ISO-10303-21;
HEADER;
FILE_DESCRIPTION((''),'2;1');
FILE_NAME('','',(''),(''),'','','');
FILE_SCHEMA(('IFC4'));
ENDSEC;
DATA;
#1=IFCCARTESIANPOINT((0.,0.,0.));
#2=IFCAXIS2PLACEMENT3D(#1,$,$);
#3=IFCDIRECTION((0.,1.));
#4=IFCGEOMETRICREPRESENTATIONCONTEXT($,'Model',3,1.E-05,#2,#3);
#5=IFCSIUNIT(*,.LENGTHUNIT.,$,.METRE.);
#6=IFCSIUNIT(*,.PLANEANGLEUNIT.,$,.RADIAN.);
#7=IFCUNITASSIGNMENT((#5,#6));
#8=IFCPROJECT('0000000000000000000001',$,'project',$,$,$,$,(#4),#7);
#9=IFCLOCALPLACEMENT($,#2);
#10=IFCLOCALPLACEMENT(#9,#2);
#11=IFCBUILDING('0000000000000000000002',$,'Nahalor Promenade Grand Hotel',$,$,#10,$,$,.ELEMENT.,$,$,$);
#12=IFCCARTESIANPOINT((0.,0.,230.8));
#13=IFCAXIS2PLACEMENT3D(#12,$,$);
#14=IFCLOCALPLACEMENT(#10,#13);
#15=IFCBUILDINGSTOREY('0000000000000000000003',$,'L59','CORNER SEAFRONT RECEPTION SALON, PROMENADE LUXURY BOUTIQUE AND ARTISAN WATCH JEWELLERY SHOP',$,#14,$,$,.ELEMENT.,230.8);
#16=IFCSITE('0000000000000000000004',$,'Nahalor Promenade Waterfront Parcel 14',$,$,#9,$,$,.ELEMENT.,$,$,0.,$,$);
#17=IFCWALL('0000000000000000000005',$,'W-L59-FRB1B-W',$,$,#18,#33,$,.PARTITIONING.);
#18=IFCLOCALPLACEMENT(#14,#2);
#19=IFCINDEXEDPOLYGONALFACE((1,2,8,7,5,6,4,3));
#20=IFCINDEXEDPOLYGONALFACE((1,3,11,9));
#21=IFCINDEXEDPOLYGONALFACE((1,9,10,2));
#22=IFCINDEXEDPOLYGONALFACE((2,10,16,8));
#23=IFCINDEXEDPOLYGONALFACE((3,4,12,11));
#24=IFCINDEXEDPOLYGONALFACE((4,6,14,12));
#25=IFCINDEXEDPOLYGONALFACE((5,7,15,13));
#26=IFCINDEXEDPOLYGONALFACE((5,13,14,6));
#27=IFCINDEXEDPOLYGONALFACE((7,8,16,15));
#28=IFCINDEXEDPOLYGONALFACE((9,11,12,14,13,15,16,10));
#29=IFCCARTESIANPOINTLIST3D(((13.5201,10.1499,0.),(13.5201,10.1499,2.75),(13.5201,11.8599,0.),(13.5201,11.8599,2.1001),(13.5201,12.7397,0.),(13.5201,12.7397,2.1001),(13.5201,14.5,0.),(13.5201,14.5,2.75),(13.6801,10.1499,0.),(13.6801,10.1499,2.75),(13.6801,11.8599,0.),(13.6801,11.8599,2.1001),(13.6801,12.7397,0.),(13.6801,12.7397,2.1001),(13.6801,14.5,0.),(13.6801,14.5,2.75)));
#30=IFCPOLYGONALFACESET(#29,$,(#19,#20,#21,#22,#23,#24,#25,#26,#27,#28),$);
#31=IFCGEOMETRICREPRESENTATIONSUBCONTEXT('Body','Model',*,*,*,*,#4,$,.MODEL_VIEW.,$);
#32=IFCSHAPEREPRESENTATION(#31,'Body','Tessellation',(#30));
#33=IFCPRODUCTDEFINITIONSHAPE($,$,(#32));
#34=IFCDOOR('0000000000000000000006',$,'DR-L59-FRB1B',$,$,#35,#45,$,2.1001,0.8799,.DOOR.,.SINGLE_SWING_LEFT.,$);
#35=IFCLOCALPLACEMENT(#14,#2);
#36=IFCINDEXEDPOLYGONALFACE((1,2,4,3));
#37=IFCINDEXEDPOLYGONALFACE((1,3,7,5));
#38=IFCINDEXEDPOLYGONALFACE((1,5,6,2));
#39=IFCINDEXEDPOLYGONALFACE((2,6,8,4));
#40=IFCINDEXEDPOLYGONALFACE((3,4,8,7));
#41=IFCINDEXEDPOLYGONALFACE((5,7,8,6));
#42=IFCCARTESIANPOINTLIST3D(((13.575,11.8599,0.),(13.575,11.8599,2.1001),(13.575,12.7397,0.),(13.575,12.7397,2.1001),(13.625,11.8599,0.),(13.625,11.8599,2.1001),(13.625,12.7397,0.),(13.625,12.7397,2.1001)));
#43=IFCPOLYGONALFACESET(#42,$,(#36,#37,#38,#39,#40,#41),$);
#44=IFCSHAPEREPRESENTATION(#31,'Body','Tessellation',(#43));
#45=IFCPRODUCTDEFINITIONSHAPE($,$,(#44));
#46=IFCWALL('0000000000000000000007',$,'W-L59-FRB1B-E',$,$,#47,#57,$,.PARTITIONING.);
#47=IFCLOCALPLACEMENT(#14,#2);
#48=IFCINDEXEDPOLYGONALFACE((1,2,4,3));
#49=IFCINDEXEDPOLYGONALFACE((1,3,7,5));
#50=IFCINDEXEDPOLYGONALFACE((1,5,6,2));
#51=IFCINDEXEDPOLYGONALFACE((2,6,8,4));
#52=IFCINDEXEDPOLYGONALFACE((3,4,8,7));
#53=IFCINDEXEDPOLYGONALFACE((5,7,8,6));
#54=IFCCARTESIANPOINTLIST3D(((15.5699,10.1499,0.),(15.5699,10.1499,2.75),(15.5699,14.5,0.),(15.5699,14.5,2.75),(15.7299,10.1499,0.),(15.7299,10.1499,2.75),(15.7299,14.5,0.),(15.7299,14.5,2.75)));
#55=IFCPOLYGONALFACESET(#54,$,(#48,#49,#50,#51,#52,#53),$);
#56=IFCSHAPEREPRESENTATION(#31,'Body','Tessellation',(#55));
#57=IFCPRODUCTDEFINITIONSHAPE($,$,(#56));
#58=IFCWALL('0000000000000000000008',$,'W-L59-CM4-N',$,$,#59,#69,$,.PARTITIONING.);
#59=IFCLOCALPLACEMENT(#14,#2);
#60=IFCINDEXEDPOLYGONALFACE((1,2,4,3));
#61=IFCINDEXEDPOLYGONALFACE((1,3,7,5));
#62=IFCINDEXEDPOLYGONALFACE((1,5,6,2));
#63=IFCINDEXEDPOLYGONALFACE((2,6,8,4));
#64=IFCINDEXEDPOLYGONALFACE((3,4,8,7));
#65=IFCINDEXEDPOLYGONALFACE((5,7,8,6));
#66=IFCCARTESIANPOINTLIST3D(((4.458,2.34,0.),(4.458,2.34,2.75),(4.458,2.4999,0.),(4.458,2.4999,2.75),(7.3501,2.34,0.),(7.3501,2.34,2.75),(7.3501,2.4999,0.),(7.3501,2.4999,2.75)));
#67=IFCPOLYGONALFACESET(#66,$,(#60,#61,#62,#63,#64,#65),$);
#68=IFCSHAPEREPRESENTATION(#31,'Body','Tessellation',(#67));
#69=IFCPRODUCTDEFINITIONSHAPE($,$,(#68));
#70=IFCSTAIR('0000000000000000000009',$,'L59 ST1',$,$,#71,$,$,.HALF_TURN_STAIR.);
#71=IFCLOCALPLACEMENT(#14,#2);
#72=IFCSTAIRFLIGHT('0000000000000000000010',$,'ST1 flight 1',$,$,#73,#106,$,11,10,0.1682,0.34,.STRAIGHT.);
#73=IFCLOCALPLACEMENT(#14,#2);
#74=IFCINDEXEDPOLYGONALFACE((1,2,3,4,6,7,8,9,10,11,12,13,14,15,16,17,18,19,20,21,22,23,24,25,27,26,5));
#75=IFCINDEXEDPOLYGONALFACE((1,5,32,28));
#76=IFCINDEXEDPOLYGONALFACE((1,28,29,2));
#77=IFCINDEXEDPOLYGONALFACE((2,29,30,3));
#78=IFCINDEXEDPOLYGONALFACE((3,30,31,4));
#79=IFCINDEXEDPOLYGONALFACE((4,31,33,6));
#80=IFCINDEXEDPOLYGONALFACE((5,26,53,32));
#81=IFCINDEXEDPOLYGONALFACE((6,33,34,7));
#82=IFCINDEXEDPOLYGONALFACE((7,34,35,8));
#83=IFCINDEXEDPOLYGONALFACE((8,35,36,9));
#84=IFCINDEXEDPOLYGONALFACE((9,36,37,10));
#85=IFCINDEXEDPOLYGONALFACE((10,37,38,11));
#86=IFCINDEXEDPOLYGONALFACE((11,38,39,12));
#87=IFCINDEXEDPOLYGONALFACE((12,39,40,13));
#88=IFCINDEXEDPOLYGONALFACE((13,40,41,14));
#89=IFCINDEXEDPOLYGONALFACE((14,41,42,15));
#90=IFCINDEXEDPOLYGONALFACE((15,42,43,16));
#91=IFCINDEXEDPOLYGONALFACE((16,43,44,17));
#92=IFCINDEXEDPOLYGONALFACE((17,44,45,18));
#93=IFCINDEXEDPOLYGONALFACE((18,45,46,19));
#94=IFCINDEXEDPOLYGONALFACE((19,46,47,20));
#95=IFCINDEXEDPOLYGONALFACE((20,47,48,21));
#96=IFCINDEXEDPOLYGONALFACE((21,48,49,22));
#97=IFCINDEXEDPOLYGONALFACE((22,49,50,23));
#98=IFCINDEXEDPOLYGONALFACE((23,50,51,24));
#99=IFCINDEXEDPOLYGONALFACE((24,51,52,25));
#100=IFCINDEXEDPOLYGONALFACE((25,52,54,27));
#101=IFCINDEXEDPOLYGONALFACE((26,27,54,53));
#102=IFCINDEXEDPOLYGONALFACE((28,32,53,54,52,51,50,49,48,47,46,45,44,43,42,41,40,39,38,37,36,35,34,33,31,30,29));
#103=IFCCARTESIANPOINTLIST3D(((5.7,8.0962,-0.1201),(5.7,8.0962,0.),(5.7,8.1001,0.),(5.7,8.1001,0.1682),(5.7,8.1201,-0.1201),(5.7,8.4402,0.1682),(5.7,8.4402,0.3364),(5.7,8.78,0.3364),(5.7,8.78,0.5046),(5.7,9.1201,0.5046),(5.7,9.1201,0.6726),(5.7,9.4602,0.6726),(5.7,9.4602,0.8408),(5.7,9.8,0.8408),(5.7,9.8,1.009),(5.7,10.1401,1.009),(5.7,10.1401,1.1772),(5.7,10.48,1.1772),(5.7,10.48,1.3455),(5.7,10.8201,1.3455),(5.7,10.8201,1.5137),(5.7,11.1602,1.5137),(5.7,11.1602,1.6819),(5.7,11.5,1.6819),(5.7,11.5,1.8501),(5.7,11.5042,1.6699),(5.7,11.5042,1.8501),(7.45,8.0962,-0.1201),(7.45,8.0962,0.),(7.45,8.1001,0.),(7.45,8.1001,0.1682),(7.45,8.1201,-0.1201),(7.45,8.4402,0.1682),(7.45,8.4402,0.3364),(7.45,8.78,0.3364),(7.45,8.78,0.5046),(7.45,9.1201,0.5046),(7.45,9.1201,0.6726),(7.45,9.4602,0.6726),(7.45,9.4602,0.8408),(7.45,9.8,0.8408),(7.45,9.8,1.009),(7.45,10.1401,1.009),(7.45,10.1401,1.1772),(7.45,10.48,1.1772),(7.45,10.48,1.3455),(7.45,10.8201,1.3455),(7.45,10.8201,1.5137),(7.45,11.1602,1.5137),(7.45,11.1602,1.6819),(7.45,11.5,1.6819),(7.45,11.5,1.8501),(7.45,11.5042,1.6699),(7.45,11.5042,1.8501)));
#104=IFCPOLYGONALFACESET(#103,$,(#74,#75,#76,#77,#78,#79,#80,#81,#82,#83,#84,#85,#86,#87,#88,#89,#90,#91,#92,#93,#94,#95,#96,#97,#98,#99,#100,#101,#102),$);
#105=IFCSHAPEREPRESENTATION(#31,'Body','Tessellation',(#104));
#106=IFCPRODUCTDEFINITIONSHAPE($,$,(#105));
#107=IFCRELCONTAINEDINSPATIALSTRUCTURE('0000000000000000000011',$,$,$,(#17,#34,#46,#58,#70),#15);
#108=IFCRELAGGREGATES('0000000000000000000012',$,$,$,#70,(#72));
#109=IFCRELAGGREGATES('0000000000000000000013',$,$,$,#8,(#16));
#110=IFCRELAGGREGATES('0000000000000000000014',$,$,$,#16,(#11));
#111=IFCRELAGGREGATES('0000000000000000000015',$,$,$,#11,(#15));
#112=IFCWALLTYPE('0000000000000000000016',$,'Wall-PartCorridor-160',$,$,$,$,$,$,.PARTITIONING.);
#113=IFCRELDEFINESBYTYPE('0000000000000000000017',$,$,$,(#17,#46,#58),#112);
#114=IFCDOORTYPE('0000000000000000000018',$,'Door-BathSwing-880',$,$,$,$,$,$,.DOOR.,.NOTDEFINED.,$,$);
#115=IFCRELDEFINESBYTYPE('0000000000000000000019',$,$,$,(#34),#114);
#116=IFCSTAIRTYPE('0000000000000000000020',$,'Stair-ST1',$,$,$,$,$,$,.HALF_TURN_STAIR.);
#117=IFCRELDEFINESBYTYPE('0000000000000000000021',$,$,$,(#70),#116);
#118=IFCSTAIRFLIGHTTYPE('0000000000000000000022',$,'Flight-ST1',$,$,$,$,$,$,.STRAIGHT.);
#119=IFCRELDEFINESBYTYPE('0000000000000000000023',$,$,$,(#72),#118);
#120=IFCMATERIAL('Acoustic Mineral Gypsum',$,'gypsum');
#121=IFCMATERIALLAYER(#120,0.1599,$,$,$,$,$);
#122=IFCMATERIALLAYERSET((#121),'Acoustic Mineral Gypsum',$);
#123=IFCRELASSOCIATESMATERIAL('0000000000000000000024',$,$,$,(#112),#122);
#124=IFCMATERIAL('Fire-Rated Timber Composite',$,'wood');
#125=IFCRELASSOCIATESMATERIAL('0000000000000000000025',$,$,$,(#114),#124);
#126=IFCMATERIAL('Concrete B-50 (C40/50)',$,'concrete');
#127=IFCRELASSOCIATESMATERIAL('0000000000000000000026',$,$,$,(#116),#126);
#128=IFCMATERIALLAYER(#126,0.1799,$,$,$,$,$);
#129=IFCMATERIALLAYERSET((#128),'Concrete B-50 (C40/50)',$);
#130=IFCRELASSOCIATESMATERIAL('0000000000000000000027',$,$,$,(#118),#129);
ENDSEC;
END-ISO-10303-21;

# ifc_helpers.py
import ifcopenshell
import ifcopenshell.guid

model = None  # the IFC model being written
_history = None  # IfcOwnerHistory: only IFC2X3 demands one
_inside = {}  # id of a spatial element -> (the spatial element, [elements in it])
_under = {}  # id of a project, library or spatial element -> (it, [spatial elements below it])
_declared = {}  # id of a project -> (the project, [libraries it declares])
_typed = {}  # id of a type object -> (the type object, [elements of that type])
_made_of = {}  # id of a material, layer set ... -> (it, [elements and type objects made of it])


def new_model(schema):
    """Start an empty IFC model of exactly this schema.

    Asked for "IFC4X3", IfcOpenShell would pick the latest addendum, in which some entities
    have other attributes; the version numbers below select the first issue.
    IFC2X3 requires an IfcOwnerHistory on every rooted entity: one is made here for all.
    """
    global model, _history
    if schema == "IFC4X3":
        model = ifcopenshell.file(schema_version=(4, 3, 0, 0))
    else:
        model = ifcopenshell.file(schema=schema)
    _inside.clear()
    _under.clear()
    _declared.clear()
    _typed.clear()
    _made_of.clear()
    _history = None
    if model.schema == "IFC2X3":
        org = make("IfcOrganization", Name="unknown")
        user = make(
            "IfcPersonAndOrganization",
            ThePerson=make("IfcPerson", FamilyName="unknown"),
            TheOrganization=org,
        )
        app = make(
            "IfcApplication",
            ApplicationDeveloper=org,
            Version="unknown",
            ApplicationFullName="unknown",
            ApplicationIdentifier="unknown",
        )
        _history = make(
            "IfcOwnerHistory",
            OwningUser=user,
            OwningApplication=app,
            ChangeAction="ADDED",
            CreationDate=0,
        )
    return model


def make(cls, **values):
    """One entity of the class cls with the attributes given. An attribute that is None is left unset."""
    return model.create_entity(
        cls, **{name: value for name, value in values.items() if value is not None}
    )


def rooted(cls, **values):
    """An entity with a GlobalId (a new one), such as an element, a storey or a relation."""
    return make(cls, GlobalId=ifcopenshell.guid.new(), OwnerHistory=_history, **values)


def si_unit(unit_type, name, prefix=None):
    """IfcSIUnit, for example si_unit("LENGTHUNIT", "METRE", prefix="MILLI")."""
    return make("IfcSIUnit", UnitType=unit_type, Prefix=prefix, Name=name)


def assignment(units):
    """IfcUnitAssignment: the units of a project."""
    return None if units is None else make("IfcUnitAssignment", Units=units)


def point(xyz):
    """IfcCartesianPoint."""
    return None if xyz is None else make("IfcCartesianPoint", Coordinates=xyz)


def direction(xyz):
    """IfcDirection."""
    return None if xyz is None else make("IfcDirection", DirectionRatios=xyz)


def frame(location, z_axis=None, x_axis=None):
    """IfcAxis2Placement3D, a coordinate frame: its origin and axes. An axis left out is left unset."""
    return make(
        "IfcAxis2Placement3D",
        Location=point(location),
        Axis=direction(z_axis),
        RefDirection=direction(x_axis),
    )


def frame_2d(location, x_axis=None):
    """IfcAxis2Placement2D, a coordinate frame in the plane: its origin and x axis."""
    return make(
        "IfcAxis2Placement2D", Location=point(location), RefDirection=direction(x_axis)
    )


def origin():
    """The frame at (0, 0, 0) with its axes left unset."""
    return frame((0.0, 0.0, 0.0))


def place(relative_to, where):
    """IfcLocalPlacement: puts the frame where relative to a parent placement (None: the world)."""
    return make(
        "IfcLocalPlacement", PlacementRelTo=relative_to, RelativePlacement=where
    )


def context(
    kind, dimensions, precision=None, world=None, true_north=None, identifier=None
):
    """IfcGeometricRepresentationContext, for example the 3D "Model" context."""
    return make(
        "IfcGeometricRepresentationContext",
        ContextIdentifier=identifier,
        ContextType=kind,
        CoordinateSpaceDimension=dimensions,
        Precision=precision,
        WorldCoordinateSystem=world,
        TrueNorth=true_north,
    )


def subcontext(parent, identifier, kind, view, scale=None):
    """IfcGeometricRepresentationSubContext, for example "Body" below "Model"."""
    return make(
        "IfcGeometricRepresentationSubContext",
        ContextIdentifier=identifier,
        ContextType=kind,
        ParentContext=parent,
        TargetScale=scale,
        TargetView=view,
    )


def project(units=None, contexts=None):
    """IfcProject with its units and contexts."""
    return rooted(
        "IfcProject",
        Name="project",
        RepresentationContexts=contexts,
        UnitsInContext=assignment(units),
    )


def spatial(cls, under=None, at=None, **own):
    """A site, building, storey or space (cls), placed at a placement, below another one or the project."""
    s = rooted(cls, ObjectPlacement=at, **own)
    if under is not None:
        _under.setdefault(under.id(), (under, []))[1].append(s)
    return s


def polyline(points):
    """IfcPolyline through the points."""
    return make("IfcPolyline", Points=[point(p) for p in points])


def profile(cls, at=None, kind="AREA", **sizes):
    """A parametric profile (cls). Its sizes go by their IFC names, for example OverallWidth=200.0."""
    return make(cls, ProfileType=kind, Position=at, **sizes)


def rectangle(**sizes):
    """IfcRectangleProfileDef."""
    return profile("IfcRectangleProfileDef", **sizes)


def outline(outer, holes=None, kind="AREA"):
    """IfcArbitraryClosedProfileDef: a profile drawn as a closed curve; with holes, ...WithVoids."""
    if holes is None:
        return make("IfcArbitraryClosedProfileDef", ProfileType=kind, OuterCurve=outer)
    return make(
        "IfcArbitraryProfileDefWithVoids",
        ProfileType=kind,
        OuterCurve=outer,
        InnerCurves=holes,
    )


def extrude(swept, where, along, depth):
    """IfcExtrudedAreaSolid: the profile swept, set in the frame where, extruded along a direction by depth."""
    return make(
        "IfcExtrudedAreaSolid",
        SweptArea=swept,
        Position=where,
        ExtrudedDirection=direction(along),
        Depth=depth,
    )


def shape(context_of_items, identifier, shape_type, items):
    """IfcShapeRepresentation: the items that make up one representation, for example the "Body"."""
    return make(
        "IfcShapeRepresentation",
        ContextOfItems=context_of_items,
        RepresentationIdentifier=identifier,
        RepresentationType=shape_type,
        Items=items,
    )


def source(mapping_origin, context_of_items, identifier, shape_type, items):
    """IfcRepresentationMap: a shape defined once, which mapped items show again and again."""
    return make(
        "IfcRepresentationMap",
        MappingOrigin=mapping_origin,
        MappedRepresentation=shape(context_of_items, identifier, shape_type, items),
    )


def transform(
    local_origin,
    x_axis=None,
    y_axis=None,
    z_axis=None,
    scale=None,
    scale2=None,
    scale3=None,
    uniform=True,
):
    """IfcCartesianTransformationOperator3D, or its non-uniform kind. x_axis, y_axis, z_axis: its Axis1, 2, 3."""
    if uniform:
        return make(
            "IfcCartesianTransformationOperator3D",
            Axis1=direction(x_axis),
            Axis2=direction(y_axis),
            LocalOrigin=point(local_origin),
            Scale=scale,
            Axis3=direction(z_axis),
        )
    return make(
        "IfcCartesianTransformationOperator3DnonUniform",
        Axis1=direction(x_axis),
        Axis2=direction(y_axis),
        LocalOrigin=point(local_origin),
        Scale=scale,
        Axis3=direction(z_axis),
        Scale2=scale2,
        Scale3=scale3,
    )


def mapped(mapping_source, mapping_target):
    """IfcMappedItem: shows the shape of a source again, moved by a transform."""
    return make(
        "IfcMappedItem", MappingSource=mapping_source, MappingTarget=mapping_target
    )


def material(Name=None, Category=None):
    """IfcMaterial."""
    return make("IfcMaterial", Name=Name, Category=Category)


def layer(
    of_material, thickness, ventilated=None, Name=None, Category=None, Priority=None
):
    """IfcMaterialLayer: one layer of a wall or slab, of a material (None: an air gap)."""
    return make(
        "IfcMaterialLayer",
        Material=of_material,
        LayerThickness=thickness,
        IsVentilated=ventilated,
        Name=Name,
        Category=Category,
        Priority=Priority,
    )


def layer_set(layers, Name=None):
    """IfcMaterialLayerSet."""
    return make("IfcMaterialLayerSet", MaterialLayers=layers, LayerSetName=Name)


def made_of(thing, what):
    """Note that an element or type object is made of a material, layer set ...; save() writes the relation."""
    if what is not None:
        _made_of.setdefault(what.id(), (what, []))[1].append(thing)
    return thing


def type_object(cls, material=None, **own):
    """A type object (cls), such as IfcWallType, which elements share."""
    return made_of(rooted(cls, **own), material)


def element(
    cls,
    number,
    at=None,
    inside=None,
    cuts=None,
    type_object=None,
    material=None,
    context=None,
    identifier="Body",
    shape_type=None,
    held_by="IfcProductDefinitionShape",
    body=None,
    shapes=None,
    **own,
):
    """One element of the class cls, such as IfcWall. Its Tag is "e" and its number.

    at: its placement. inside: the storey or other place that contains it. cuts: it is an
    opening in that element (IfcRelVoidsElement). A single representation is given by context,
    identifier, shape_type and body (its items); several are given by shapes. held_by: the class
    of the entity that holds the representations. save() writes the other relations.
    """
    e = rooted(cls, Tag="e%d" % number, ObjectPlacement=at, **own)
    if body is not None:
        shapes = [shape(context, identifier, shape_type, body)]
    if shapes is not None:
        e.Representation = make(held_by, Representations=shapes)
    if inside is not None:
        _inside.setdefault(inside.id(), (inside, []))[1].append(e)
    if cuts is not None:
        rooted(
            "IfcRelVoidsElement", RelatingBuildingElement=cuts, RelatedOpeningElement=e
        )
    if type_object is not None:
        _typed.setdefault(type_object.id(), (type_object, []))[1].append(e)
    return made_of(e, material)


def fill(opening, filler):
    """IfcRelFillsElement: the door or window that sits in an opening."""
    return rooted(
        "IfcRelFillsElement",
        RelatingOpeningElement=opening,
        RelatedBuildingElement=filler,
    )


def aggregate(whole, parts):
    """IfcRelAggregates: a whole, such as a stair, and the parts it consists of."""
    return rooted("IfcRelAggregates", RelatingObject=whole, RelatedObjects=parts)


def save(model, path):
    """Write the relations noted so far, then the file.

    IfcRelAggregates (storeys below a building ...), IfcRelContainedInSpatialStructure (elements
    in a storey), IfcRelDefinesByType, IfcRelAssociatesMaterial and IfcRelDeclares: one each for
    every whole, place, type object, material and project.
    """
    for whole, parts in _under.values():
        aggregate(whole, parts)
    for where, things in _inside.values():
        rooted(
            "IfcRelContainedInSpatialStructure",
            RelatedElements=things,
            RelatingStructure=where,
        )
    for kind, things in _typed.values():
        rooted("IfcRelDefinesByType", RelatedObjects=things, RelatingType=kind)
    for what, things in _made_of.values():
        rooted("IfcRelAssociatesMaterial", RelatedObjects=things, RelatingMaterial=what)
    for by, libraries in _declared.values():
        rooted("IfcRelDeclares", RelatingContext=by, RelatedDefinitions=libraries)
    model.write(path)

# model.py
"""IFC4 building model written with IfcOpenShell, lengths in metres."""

from ifc_helpers import new_model, si_unit, direction, frame, frame_2d, origin, place, context, subcontext, project, spatial, polyline, rectangle, outline, extrude, source, transform, mapped, material, layer, layer_set, type_object, element, fill, aggregate, save


model = new_model("IFC4")

# Units and contexts
model_context = context("Model", 3, precision=1e-05, world=origin(), true_north=direction((0.0, 1.0)))
body_context = subcontext(model_context, "Body", "Model", "MODEL_VIEW")
ifc_project = project(units=[si_unit("LENGTHUNIT", "METRE"), si_unit("PLANEANGLEUNIT", "RADIAN")], contexts=[model_context])

# Site, building, storey
site_placement = place(None, origin())
site = spatial("IfcSite", under=ifc_project, at=site_placement, Name="Nahalor Promenade Waterfront Parcel 14", CompositionType="ELEMENT", RefElevation=0.0)
building_placement = place(site_placement, origin())
building = spatial("IfcBuilding", under=site, at=building_placement, Name="Nahalor Promenade Grand Hotel", CompositionType="ELEMENT")
storey_placement = place(building_placement, frame((0.0, 0.0, 230.8)))
storey = spatial("IfcBuildingStorey", under=building, at=storey_placement, Name="L59", Description="CORNER SEAFRONT RECEPTION SALON, PROMENADE LUXURY BOUTIQUE AND ARTISAN WATCH JEWELLERY SHOP", CompositionType="ELEMENT", Elevation=230.8)

# Shared definitions
ifc_material_1 = material(Name="Concrete B-50 (C40/50)", Category="concrete")

# Shared definitions
ifc_material_2 = material(Name="Acoustic Mineral Gypsum", Category="gypsum")
ifc_layer_1 = layer(ifc_material_2, 0.1599)
ifc_layer_set_1 = layer_set([ifc_layer_1], Name="Acoustic Mineral Gypsum")
wall_type_1 = type_object("IfcWallType", Name="Wall-PartCorridor-160", PredefinedType="PARTITIONING", material=ifc_layer_set_1)

# Shared definitions
ifc_material_3 = material(Name="Fire-Rated Timber Composite", Category="wood")
door_type_1 = type_object("IfcDoorType", Name="Door-BathSwing-880", OperationType="NOTDEFINED", PredefinedType="DOOR", material=ifc_material_3)
shared_shape_1 = source(origin(), body_context, "Body", "SweptSolid", [
    extrude(rectangle(XDim=0.8799, YDim=2.1001, at=frame_2d((0.4399, 1.05))), frame((0.0, 0.0249, 0.0), z_axis=(0.0, -1.0, 0.0), x_axis=(1.0, 0.0, 0.0)), (0.0, 0.0, 1.0), 0.05),
])

# Wall, opening, door
shared_shape_2 = source(origin(), body_context, "Body", "SweptSolid", [
    extrude(rectangle(XDim=4.3501, YDim=0.1599, at=frame_2d((2.175, 0.0))), origin(), (0.0, 0.0, 1.0), 2.75),
])
wall_1_placement = place(storey_placement, frame((13.6001, 10.1499, 0.0), z_axis=(0.0, 0.0, 1.0), x_axis=(0.0, 1.0, 0.0)))
wall_1 = element("IfcWall", 1, at=wall_1_placement, inside=storey, type_object=wall_type_1, Name="W-L59-FRB1B-W", PredefinedType="PARTITIONING", context=body_context, shape_type="MappedRepresentation", body=[
    mapped(shared_shape_2, transform((0.0, 0.0, 0.0), scale=1.0)),
])
opening_1_placement = place(wall_1_placement, frame((1.71, 0.0, 0.0)))
opening_1 = element("IfcOpeningElement", 2, at=opening_1_placement, cuts=wall_1, PredefinedType="OPENING", context=body_context, shape_type="SweptSolid", body=[
    extrude(rectangle(XDim=0.8799, YDim=2.1001, at=frame_2d((0.4399, 1.05))), frame((0.0, 0.0898, 0.0), z_axis=(0.0, -1.0, 0.0), x_axis=(1.0, 0.0, 0.0)), (0.0, 0.0, 1.0), 0.1799),
])
door_1_placement = place(opening_1_placement, frame((0.8799, 0.0, 0.0), z_axis=(0.0, 0.0, 1.0), x_axis=(-1.0, 0.0, 0.0)))
door_1 = element("IfcDoor", 3, at=door_1_placement, inside=storey, type_object=door_type_1, Name="DR-L59-FRB1B", OperationType="SINGLE_SWING_LEFT", OverallHeight=2.1001, OverallWidth=0.8799, PredefinedType="DOOR", context=body_context, shape_type="MappedRepresentation", body=[
    mapped(shared_shape_1, transform((0.0, 0.0, 0.0), scale=1.0)),
])
fill(opening_1, door_1)

# Walls
wall_2_placement = place(storey_placement, frame((15.6499, 10.1499, 0.0), z_axis=(0.0, 0.0, 1.0), x_axis=(0.0, 1.0, 0.0)))
element("IfcWall", 4, at=wall_2_placement, inside=storey, type_object=wall_type_1, Name="W-L59-FRB1B-E", PredefinedType="PARTITIONING", context=body_context, shape_type="MappedRepresentation", body=[
    mapped(shared_shape_2, transform((0.0, 0.0, 0.0), scale=1.0)),
])
shared_shape_3 = source(origin(), body_context, "Body", "SweptSolid", [
    extrude(rectangle(XDim=2.8921, YDim=0.1599, at=frame_2d((1.446, 0.0))), origin(), (0.0, 0.0, 1.0), 2.75),
])
wall_3_placement = place(storey_placement, frame((4.458, 2.4199, 0.0), z_axis=(0.0, 0.0, 1.0), x_axis=(1.0, 0.0, 0.0)))
element("IfcWall", 5, at=wall_3_placement, inside=storey, type_object=wall_type_1, Name="W-L59-CM4-N", PredefinedType="PARTITIONING", context=body_context, shape_type="MappedRepresentation", body=[
    mapped(shared_shape_3, transform((0.0, 0.0, 0.0), scale=1.0)),
])

# Stair, stair flight
stair_type = type_object("IfcStairType", Name="Stair-ST1", PredefinedType="HALF_TURN_STAIR", material=ifc_material_1)
stair_placement = place(storey_placement, origin())
stair = element("IfcStair", 6, at=stair_placement, inside=storey, type_object=stair_type, Name="L59 ST1", PredefinedType="HALF_TURN_STAIR")
ifc_layer_2 = layer(ifc_material_1, 0.1799)
ifc_layer_set_2 = layer_set([ifc_layer_2], Name="Concrete B-50 (C40/50)")
stair_flight_type = type_object("IfcStairFlightType", Name="Flight-ST1", PredefinedType="STRAIGHT", material=ifc_layer_set_2)
shared_shape_4 = source(origin(), body_context, "Body", "SweptSolid", [
    extrude(outline(polyline([(-0.0039, -0.1201), (-0.0039, 0.0), (0.0, 0.0), (0.0, 0.1682), (0.3401, 0.1682), (0.3401, 0.3364), (0.6799, 0.3364), (0.6799, 0.5046), (1.02, 0.5046), (1.02, 0.6726), (1.3601, 0.6726), (1.3601, 0.8408), (1.7, 0.8408), (1.7, 1.009), (2.04, 1.009), (2.04, 1.1772), (2.3799, 1.1772), (2.3799, 1.3455), (2.72, 1.3455), (2.72, 1.5137), (3.0601, 1.5137), (3.0601, 1.6819), (3.3999, 1.6819), (3.3999, 1.8501), (3.4041, 1.8501), (3.4041, 1.6699), (0.02, -0.1201), (-0.0039, -0.1201)])), frame((0.0, 0.875, 0.0), z_axis=(0.0, -1.0, 0.0), x_axis=(1.0, 0.0, 0.0)), (0.0, 0.0, 1.0), 1.75),
])
stair_flight_placement = place(storey_placement, frame((6.575, 8.1001, 0.0), z_axis=(0.0, 0.0, 1.0), x_axis=(0.0, 1.0, 0.0)))
stair_flight = element("IfcStairFlight", 7, at=stair_flight_placement, type_object=stair_flight_type, Name="ST1 flight 1", NumberOfRisers=11, NumberOfTreads=10, PredefinedType="STRAIGHT", RiserHeight=0.1682, TreadLength=0.34, context=body_context, shape_type="MappedRepresentation", body=[
    mapped(shared_shape_4, transform((0.0, 0.0, 0.0), scale=1.0)),
])
aggregate(stair, [stair_flight])

save(model, "model.ifc")
